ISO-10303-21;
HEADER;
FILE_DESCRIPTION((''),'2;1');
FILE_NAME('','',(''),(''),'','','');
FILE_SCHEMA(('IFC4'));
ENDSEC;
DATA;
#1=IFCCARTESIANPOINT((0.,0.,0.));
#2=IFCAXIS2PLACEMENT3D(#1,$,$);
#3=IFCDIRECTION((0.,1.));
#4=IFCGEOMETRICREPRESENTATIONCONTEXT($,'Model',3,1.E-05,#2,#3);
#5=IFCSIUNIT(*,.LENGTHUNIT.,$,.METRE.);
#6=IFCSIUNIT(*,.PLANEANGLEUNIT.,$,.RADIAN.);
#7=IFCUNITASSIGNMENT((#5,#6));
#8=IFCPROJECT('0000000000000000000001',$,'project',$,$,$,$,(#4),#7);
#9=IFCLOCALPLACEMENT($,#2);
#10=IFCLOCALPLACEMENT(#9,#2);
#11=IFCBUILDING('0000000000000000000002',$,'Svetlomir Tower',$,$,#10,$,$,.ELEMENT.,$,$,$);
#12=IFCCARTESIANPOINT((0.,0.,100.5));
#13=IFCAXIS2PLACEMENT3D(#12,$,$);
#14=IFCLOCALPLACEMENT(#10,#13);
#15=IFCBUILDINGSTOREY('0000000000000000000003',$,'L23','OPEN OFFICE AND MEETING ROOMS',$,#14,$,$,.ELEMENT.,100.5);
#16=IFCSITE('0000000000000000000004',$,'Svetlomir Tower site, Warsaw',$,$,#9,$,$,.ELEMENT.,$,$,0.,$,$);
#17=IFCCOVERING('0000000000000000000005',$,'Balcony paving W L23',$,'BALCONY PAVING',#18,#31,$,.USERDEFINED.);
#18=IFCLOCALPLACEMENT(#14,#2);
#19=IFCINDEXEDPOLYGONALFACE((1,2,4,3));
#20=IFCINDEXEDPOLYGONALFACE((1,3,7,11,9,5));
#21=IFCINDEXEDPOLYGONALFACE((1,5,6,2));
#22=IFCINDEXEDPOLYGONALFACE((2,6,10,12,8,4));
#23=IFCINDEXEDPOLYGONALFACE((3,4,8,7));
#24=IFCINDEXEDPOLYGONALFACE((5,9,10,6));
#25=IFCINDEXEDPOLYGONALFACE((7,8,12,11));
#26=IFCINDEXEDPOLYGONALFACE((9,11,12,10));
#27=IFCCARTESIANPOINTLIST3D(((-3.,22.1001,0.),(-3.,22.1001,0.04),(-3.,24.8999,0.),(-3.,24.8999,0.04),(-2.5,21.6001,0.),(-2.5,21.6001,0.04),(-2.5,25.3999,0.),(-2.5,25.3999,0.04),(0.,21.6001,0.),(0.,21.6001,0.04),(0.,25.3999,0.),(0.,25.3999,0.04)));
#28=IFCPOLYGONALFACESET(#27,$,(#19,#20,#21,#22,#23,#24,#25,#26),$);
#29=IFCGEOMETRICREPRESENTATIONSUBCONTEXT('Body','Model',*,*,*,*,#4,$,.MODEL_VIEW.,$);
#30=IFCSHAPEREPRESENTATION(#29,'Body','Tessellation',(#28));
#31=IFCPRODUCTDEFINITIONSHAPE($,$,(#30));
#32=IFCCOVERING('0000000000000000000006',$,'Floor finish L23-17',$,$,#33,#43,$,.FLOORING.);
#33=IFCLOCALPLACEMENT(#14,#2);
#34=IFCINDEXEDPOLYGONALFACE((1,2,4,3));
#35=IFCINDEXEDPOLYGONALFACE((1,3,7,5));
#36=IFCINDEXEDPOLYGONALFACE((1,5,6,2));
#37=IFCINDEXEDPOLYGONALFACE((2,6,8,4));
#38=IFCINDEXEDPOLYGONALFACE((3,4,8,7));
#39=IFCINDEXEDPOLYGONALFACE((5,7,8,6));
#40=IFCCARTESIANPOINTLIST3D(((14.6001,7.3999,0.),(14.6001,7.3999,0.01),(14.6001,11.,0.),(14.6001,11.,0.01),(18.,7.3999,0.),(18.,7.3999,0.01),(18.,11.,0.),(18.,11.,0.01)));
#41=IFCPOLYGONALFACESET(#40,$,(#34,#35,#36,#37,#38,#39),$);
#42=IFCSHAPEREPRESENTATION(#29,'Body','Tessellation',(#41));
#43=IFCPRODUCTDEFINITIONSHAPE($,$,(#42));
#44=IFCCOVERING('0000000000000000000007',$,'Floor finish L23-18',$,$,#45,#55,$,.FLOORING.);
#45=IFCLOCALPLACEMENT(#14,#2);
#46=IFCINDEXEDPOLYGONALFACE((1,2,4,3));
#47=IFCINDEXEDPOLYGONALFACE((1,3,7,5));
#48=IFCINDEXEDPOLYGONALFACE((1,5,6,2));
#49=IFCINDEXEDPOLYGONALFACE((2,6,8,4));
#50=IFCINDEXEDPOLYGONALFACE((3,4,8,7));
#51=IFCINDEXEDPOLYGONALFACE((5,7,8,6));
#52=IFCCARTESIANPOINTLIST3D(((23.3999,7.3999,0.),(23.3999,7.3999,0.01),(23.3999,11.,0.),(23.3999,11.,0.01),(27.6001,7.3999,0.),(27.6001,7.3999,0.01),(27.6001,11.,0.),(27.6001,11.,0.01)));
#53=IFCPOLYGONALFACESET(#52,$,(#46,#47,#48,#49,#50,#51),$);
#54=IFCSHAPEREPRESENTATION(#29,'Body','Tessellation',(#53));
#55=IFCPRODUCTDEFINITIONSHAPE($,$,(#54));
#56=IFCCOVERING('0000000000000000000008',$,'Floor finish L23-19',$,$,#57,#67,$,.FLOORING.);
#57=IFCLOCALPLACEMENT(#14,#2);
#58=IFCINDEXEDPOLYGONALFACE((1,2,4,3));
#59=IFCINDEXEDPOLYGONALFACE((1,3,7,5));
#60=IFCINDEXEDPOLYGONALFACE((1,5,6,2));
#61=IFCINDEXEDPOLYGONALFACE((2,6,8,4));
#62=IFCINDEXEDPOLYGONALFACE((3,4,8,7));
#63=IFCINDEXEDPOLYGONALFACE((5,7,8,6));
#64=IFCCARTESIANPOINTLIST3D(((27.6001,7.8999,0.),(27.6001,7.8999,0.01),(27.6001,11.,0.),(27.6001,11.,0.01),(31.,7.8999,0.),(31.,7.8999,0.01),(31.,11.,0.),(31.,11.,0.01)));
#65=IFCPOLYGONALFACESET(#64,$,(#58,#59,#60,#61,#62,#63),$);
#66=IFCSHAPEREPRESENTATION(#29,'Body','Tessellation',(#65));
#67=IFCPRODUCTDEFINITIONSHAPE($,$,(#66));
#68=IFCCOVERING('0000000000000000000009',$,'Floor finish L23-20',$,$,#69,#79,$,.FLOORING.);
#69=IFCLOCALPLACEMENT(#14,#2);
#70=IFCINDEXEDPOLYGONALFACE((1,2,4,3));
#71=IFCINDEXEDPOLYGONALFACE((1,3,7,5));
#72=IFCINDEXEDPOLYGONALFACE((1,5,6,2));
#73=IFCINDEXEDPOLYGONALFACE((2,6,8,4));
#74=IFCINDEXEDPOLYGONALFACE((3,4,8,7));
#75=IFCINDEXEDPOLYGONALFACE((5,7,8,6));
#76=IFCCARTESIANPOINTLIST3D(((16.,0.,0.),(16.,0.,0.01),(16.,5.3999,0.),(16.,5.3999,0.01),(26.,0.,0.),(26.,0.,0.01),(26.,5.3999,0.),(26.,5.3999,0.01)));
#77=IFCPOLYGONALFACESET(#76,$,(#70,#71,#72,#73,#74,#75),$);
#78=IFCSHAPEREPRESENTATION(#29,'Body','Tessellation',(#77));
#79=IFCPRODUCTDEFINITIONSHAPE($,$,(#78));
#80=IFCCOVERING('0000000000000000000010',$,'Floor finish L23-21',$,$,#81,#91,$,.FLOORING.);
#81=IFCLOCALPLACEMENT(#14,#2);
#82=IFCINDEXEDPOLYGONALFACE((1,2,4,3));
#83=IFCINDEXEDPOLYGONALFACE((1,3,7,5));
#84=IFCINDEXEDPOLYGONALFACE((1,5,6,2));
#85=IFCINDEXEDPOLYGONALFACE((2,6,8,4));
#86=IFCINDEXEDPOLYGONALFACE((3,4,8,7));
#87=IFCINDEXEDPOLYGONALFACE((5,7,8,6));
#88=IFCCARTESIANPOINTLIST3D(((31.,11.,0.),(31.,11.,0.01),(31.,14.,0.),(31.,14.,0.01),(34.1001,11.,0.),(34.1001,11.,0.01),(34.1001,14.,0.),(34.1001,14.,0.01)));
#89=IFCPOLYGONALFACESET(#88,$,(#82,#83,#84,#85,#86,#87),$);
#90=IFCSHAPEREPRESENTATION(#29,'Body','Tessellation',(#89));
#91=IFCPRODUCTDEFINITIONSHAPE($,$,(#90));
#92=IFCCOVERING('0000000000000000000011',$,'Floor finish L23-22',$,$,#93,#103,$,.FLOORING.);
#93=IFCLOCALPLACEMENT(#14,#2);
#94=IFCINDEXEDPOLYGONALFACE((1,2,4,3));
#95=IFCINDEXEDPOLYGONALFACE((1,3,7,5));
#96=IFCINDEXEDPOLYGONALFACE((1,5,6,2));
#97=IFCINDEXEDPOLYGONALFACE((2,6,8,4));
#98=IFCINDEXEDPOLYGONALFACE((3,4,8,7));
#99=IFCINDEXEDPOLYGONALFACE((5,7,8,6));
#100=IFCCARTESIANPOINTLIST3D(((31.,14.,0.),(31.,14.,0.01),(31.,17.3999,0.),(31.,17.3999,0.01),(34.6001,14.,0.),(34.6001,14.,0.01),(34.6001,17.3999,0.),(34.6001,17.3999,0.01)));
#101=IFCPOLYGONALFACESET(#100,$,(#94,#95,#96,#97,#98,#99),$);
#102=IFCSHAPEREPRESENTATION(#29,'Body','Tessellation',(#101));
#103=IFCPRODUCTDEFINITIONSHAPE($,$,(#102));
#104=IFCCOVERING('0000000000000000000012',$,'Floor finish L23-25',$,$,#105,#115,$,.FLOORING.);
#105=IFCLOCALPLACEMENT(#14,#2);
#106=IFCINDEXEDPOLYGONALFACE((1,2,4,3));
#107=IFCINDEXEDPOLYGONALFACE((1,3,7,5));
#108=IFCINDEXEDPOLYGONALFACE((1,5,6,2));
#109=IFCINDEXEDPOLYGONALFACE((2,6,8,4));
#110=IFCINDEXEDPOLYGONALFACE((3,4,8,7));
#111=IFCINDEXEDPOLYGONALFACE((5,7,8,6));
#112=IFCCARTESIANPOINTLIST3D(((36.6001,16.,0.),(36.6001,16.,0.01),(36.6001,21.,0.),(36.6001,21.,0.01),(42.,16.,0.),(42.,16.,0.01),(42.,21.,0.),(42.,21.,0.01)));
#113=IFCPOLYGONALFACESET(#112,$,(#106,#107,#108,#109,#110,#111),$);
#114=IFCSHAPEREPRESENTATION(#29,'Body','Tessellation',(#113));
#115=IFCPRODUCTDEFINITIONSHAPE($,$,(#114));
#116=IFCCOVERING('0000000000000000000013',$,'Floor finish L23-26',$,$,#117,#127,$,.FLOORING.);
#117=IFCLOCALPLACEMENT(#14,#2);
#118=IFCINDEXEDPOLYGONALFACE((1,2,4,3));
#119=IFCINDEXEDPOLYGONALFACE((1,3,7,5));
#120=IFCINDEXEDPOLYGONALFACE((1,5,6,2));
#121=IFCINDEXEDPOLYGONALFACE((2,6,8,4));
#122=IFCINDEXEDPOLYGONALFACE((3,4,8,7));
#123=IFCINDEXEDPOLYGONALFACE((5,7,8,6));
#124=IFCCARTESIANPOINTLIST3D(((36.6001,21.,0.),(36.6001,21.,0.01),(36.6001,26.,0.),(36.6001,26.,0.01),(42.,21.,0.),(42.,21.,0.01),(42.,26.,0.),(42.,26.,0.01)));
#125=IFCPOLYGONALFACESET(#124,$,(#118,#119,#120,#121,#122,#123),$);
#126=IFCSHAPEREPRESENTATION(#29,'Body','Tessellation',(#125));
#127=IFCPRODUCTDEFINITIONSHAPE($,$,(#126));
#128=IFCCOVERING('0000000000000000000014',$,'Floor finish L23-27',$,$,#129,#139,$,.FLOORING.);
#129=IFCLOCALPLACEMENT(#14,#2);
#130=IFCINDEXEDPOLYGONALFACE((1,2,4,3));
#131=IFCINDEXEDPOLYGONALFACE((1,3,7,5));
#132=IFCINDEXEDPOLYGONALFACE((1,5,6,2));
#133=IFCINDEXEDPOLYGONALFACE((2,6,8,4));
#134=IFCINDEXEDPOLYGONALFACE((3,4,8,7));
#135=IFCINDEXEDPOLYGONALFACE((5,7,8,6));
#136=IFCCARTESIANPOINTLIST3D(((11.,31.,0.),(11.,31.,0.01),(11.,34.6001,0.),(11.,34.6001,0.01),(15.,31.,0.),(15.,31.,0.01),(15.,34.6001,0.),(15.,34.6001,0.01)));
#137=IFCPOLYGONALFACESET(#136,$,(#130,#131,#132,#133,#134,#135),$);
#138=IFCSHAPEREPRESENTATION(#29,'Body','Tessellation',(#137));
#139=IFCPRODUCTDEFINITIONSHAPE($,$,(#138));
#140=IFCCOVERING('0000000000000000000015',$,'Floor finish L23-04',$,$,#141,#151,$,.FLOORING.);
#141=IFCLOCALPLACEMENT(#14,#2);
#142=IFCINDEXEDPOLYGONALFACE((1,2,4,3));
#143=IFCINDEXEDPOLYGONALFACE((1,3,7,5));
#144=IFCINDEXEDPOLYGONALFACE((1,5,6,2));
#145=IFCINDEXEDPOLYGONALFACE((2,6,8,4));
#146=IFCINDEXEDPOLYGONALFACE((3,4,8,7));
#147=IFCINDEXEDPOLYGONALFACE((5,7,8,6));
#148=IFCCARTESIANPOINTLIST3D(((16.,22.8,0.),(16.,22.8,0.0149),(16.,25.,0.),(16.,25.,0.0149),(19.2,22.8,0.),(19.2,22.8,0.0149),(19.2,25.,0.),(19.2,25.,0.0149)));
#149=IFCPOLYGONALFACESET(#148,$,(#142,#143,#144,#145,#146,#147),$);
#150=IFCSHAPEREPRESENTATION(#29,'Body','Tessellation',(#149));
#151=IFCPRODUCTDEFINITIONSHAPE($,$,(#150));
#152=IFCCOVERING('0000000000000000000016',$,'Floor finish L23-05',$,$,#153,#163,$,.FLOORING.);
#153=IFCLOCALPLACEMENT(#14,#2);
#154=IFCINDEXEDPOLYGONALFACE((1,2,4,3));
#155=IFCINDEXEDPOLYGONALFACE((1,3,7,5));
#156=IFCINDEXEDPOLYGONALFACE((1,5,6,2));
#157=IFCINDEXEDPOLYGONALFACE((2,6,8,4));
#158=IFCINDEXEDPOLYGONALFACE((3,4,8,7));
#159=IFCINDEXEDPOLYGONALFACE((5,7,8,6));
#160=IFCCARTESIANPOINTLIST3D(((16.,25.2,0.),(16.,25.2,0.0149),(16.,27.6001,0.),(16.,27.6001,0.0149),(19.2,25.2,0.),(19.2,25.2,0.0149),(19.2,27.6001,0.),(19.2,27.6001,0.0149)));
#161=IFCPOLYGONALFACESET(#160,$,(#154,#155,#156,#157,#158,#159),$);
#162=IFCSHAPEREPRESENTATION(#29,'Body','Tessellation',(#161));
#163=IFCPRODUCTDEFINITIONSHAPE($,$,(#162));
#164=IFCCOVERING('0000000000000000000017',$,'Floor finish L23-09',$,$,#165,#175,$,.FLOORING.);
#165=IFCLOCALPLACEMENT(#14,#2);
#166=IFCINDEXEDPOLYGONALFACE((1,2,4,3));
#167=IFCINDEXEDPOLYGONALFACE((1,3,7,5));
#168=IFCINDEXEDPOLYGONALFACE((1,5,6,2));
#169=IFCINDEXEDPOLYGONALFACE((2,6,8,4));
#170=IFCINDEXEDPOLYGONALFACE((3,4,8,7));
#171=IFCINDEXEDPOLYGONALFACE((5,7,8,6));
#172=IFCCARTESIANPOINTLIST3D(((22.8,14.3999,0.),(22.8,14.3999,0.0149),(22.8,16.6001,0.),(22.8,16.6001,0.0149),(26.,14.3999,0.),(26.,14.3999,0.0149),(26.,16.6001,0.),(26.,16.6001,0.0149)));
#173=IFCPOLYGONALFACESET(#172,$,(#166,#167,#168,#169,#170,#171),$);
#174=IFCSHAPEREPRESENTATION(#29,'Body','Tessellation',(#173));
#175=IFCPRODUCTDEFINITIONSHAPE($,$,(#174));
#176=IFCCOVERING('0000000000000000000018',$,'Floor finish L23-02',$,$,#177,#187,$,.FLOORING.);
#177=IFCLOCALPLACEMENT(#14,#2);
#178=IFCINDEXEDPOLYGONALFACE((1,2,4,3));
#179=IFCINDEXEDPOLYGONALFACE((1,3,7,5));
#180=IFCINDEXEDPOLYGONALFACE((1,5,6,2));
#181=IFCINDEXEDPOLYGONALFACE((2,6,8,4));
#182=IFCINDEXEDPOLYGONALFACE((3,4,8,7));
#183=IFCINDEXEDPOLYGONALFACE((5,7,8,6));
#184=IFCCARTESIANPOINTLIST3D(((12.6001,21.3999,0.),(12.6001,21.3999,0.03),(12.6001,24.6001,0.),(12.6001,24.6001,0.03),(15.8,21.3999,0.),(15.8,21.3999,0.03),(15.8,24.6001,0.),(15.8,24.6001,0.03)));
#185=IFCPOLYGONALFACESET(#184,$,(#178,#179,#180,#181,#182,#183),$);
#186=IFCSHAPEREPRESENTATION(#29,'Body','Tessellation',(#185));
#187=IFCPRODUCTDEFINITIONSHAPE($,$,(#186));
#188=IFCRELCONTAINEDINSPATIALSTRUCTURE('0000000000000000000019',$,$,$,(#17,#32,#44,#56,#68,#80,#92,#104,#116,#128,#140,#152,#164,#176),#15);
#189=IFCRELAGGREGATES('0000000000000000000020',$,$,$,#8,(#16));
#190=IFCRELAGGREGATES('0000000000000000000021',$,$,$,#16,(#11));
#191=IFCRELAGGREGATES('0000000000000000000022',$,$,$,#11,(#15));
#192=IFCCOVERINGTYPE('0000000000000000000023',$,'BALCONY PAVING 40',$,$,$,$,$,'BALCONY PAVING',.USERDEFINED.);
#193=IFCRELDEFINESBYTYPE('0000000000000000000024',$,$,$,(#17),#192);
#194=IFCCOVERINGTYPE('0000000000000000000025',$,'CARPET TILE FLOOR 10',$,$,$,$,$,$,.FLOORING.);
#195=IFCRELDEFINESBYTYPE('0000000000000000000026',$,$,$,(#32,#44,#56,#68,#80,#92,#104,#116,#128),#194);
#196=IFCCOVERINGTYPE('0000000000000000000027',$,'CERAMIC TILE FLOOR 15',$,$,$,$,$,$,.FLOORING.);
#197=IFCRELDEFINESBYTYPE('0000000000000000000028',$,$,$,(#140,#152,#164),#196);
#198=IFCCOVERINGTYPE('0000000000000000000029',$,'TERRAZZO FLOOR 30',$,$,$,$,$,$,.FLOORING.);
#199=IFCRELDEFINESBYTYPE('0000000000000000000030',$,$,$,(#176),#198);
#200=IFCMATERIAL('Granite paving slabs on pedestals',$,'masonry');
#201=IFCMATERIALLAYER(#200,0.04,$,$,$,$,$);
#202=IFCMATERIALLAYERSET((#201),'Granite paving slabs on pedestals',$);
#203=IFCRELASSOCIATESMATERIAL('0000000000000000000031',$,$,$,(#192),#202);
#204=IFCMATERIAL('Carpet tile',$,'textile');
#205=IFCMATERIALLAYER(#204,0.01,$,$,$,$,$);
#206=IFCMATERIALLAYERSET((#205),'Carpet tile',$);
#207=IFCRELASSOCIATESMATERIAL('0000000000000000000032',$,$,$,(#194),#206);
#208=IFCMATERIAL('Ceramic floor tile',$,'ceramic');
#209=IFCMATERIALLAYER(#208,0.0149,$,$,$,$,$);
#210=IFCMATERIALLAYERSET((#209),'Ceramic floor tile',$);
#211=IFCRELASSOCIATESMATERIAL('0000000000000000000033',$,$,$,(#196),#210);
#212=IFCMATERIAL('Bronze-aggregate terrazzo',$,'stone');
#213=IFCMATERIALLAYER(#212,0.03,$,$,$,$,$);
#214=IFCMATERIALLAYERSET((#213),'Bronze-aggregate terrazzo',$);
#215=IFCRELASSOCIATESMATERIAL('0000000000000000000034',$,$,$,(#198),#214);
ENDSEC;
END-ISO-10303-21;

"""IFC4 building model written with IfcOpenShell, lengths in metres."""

from ifc_helpers import new_model, si_unit, direction, frame, origin, place, context, subcontext, project, spatial, polyline, outline, extrude, material, layer, layer_set, type_object, element, save


model = new_model("IFC4")

# Units and contexts
model_context = context("Model", 3, precision=1e-05, world=origin(), true_north=direction((0.0, 1.0)))
body_context = subcontext(model_context, "Body", "Model", "MODEL_VIEW")
ifc_project = project(units=[si_unit("LENGTHUNIT", "METRE"), si_unit("PLANEANGLEUNIT", "RADIAN")], contexts=[model_context])

# Site, building, storey
site_placement = place(None, origin())
site = spatial("IfcSite", under=ifc_project, at=site_placement, Name="Svetlomir Tower site, Warsaw", CompositionType="ELEMENT", RefElevation=0.0)
building_placement = place(site_placement, origin())
building = spatial("IfcBuilding", under=site, at=building_placement, Name="Svetlomir Tower", CompositionType="ELEMENT")
storey_placement = place(building_placement, frame((0.0, 0.0, 100.5)))
storey = spatial("IfcBuildingStorey", under=building, at=storey_placement, Name="L23", Description="OPEN OFFICE AND MEETING ROOMS", CompositionType="ELEMENT", Elevation=100.5)

# Coverings
ifc_material_1 = material(Name="Granite paving slabs on pedestals", Category="masonry")
ifc_layer_1 = layer(ifc_material_1, 0.04)
ifc_layer_set_1 = layer_set([ifc_layer_1], Name="Granite paving slabs on pedestals")
covering_type_1 = type_object("IfcCoveringType", Name="BALCONY PAVING 40", ElementType="BALCONY PAVING", PredefinedType="USERDEFINED", material=ifc_layer_set_1)
covering_1_placement = place(storey_placement, origin())
element("IfcCovering", 1, at=covering_1_placement, inside=storey, type_object=covering_type_1, Name="Balcony paving W L23", ObjectType="BALCONY PAVING", PredefinedType="USERDEFINED", context=body_context, shape_type="SweptSolid", body=[
    extrude(outline(polyline([(-2.5, 21.6001), (0.0, 21.6001), (0.0, 25.3999), (-2.5, 25.3999), (-3.0, 24.8999), (-3.0, 22.1001), (-2.5, 21.6001)])), origin(), (0.0, 0.0, 1.0), 0.04),
])
ifc_material_2 = material(Name="Carpet tile", Category="textile")
ifc_layer_2 = layer(ifc_material_2, 0.01)
ifc_layer_set_2 = layer_set([ifc_layer_2], Name="Carpet tile")
covering_type_2 = type_object("IfcCoveringType", Name="CARPET TILE FLOOR 10", PredefinedType="FLOORING", material=ifc_layer_set_2)
covering_2_placement = place(storey_placement, origin())
element("IfcCovering", 2, at=covering_2_placement, inside=storey, type_object=covering_type_2, Name="Floor finish L23-17", PredefinedType="FLOORING", context=body_context, shape_type="SweptSolid", body=[
    extrude(outline(polyline([(14.6001, 7.3999), (18.0, 7.3999), (18.0, 11.0), (14.6001, 11.0), (14.6001, 7.3999)])), origin(), (0.0, 0.0, 1.0), 0.01),
])
covering_3_placement = place(storey_placement, origin())
element("IfcCovering", 3, at=covering_3_placement, inside=storey, type_object=covering_type_2, Name="Floor finish L23-18", PredefinedType="FLOORING", context=body_context, shape_type="SweptSolid", body=[
    extrude(outline(polyline([(23.3999, 7.3999), (27.6001, 7.3999), (27.6001, 11.0), (23.3999, 11.0), (23.3999, 7.3999)])), origin(), (0.0, 0.0, 1.0), 0.01),
])
covering_4_placement = place(storey_placement, origin())
element("IfcCovering", 4, at=covering_4_placement, inside=storey, type_object=covering_type_2, Name="Floor finish L23-19", PredefinedType="FLOORING", context=body_context, shape_type="SweptSolid", body=[
    extrude(outline(polyline([(27.6001, 7.8999), (31.0, 7.8999), (31.0, 11.0), (27.6001, 11.0), (27.6001, 7.8999)])), origin(), (0.0, 0.0, 1.0), 0.01),
])
covering_5_placement = place(storey_placement, origin())
element("IfcCovering", 5, at=covering_5_placement, inside=storey, type_object=covering_type_2, Name="Floor finish L23-20", PredefinedType="FLOORING", context=body_context, shape_type="SweptSolid", body=[
    extrude(outline(polyline([(16.0, 0.0), (26.0, 0.0), (26.0, 5.3999), (16.0, 5.3999), (16.0, 0.0)])), origin(), (0.0, 0.0, 1.0), 0.01),
])
covering_6_placement = place(storey_placement, origin())
element("IfcCovering", 6, at=covering_6_placement, inside=storey, type_object=covering_type_2, Name="Floor finish L23-21", PredefinedType="FLOORING", context=body_context, shape_type="SweptSolid", body=[
    extrude(outline(polyline([(31.0, 11.0), (34.1001, 11.0), (34.1001, 14.0), (31.0, 14.0), (31.0, 11.0)])), origin(), (0.0, 0.0, 1.0), 0.01),
])
covering_7_placement = place(storey_placement, origin())
element("IfcCovering", 7, at=covering_7_placement, inside=storey, type_object=covering_type_2, Name="Floor finish L23-22", PredefinedType="FLOORING", context=body_context, shape_type="SweptSolid", body=[
    extrude(outline(polyline([(31.0, 14.0), (34.6001, 14.0), (34.6001, 17.3999), (31.0, 17.3999), (31.0, 14.0)])), origin(), (0.0, 0.0, 1.0), 0.01),
])
covering_8_placement = place(storey_placement, origin())
element("IfcCovering", 8, at=covering_8_placement, inside=storey, type_object=covering_type_2, Name="Floor finish L23-25", PredefinedType="FLOORING", context=body_context, shape_type="SweptSolid", body=[
    extrude(outline(polyline([(36.6001, 16.0), (42.0, 16.0), (42.0, 21.0), (36.6001, 21.0), (36.6001, 16.0)])), origin(), (0.0, 0.0, 1.0), 0.01),
])
covering_9_placement = place(storey_placement, origin())
element("IfcCovering", 9, at=covering_9_placement, inside=storey, type_object=covering_type_2, Name="Floor finish L23-26", PredefinedType="FLOORING", context=body_context, shape_type="SweptSolid", body=[
    extrude(outline(polyline([(36.6001, 21.0), (42.0, 21.0), (42.0, 26.0), (36.6001, 26.0), (36.6001, 21.0)])), origin(), (0.0, 0.0, 1.0), 0.01),
])
covering_10_placement = place(storey_placement, origin())
element("IfcCovering", 10, at=covering_10_placement, inside=storey, type_object=covering_type_2, Name="Floor finish L23-27", PredefinedType="FLOORING", context=body_context, shape_type="SweptSolid", body=[
    extrude(outline(polyline([(11.0, 31.0), (15.0, 31.0), (15.0, 34.6001), (11.0, 34.6001), (11.0, 31.0)])), origin(), (0.0, 0.0, 1.0), 0.01),
])
ifc_material_3 = material(Name="Ceramic floor tile", Category="ceramic")
ifc_layer_3 = layer(ifc_material_3, 0.0149)
ifc_layer_set_3 = layer_set([ifc_layer_3], Name="Ceramic floor tile")
covering_type_3 = type_object("IfcCoveringType", Name="CERAMIC TILE FLOOR 15", PredefinedType="FLOORING", material=ifc_layer_set_3)
covering_11_placement = place(storey_placement, origin())
element("IfcCovering", 11, at=covering_11_placement, inside=storey, type_object=covering_type_3, Name="Floor finish L23-04", PredefinedType="FLOORING", context=body_context, shape_type="SweptSolid", body=[
    extrude(outline(polyline([(16.0, 22.8), (19.2, 22.8), (19.2, 25.0), (16.0, 25.0), (16.0, 22.8)])), origin(), (0.0, 0.0, 1.0), 0.0149),
])
covering_12_placement = place(storey_placement, origin())
element("IfcCovering", 12, at=covering_12_placement, inside=storey, type_object=covering_type_3, Name="Floor finish L23-05", PredefinedType="FLOORING", context=body_context, shape_type="SweptSolid", body=[
    extrude(outline(polyline([(16.0, 25.2), (19.2, 25.2), (19.2, 27.6001), (16.0, 27.6001), (16.0, 25.2)])), origin(), (0.0, 0.0, 1.0), 0.0149),
])
covering_13_placement = place(storey_placement, origin())
element("IfcCovering", 13, at=covering_13_placement, inside=storey, type_object=covering_type_3, Name="Floor finish L23-09", PredefinedType="FLOORING", context=body_context, shape_type="SweptSolid", body=[
    extrude(outline(polyline([(22.8, 14.3999), (26.0, 14.3999), (26.0, 16.6001), (22.8, 16.6001), (22.8, 14.3999)])), origin(), (0.0, 0.0, 1.0), 0.0149),
])
ifc_material_4 = material(Name="Bronze-aggregate terrazzo", Category="stone")
ifc_layer_4 = layer(ifc_material_4, 0.03)
ifc_layer_set_4 = layer_set([ifc_layer_4], Name="Bronze-aggregate terrazzo")
covering_type_4 = type_object("IfcCoveringType", Name="TERRAZZO FLOOR 30", PredefinedType="FLOORING", material=ifc_layer_set_4)
covering_14_placement = place(storey_placement, origin())
element("IfcCovering", 14, at=covering_14_placement, inside=storey, type_object=covering_type_4, Name="Floor finish L23-02", PredefinedType="FLOORING", context=body_context, shape_type="SweptSolid", body=[
    extrude(outline(polyline([(12.6001, 21.3999), (15.8, 21.3999), (15.8, 24.6001), (12.6001, 24.6001), (12.6001, 21.3999)])), origin(), (0.0, 0.0, 1.0), 0.03),
])

save(model, "model.ifc")
